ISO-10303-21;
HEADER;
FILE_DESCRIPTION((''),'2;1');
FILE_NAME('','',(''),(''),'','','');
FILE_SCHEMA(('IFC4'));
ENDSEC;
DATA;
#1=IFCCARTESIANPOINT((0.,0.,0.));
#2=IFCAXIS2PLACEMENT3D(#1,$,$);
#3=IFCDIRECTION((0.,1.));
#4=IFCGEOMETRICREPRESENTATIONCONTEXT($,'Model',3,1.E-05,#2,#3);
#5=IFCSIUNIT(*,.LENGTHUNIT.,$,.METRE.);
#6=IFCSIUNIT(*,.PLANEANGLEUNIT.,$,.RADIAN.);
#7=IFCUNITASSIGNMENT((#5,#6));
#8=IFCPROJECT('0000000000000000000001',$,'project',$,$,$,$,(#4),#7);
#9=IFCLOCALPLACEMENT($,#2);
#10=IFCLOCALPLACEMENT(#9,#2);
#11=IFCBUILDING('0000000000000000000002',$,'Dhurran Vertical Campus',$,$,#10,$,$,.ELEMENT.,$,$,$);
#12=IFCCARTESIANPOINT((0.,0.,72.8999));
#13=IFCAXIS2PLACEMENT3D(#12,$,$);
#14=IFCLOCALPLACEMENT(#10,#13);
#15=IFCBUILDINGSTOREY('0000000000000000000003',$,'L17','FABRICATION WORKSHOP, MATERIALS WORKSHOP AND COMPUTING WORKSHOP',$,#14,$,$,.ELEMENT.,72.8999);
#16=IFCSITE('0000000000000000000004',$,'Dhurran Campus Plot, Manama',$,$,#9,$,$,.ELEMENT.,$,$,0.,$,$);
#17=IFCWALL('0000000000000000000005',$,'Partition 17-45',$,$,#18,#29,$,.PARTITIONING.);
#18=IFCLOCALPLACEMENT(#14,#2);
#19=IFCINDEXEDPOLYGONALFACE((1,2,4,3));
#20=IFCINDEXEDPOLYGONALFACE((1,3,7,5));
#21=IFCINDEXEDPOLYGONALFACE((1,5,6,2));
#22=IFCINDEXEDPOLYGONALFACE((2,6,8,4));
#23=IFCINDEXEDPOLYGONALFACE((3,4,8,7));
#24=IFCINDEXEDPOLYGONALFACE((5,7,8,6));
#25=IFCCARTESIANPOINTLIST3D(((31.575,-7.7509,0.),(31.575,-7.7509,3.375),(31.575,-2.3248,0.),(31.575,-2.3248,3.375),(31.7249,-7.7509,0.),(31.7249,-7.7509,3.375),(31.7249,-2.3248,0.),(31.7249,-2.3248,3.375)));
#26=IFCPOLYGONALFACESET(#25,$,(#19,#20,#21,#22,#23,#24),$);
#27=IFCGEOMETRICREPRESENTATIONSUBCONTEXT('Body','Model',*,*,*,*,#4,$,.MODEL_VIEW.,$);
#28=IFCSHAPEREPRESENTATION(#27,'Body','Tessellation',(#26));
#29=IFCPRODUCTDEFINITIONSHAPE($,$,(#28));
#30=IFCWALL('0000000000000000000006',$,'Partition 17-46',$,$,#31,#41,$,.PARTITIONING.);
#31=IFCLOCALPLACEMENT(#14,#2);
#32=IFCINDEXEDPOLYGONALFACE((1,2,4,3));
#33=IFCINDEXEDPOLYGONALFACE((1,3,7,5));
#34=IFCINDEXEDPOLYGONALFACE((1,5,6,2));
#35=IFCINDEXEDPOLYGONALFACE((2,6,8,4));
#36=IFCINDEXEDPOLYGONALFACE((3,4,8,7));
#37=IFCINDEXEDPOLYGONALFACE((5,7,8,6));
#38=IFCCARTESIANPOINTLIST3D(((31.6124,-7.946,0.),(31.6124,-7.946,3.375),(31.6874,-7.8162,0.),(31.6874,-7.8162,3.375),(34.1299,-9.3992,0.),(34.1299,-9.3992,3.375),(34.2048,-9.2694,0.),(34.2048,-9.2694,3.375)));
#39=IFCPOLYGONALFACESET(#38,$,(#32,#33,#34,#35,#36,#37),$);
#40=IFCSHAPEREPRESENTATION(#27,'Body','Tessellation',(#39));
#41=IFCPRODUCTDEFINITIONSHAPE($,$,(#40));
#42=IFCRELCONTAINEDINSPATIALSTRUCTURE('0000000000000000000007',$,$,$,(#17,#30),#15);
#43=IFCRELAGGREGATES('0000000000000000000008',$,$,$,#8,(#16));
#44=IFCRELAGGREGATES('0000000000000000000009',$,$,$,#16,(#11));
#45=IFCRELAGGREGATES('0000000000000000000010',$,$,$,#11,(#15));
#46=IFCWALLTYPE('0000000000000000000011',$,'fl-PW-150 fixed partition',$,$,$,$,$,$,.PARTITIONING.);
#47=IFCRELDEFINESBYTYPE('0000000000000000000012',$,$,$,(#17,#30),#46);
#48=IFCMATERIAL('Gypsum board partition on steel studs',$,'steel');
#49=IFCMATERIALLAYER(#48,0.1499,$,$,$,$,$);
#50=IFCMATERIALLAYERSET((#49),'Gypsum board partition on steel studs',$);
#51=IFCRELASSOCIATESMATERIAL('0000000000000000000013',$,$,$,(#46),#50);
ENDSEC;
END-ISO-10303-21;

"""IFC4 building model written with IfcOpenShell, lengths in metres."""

from ifc_helpers import new_model, si_unit, direction, frame, frame_2d, origin, place, context, subcontext, project, spatial, rectangle, extrude, material, layer, layer_set, type_object, element, save


model = new_model("IFC4")

# Units and contexts
model_context = context("Model", 3, precision=1e-05, world=origin(), true_north=direction((0.0, 1.0)))
body_context = subcontext(model_context, "Body", "Model", "MODEL_VIEW")
ifc_project = project(units=[si_unit("LENGTHUNIT", "METRE"), si_unit("PLANEANGLEUNIT", "RADIAN")], contexts=[model_context])

# Site, building, storey
site_placement = place(None, origin())
site = spatial("IfcSite", under=ifc_project, at=site_placement, Name="Dhurran Campus Plot, Manama", CompositionType="ELEMENT", RefElevation=0.0)
building_placement = place(site_placement, origin())
building = spatial("IfcBuilding", under=site, at=building_placement, Name="Dhurran Vertical Campus", CompositionType="ELEMENT")
storey_placement = place(building_placement, frame((0.0, 0.0, 72.8999)))
storey = spatial("IfcBuildingStorey", under=building, at=storey_placement, Name="L17", Description="FABRICATION WORKSHOP, MATERIALS WORKSHOP AND COMPUTING WORKSHOP", CompositionType="ELEMENT", Elevation=72.8999)

# Walls
ifc_material_1 = material(Name="Gypsum board partition on steel studs", Category="steel")
ifc_layer_1 = layer(ifc_material_1, 0.1499)
ifc_layer_set_1 = layer_set([ifc_layer_1], Name="Gypsum board partition on steel studs")
wall_type_1 = type_object("IfcWallType", Name="fl-PW-150 fixed partition", PredefinedType="PARTITIONING", material=ifc_layer_set_1)
wall_1_placement = place(storey_placement, frame((31.6499, -2.325, 0.0), z_axis=(0.0, 0.0, 1.0), x_axis=(0.0, -1.0, 0.0)))
element("IfcWall", 1, at=wall_1_placement, inside=storey, type_object=wall_type_1, Name="Partition 17-45", PredefinedType="PARTITIONING", context=body_context, shape_type="SweptSolid", body=[
    extrude(rectangle(XDim=5.426, YDim=0.1499, at=frame_2d((2.7129, 0.0))), origin(), (0.0, 0.0, 1.0), 3.375),
])
wall_2_placement = place(storey_placement, frame((31.6499, -7.8811, 0.0), z_axis=(0.0, 0.0, 1.0), x_axis=(0.866064, -0.499933, 0.0)))
element("IfcWall", 2, at=wall_2_placement, inside=storey, type_object=wall_type_1, Name="Partition 17-46", PredefinedType="PARTITIONING", context=body_context, shape_type="SweptSolid", body=[
    extrude(rectangle(XDim=2.9067, YDim=0.1499, at=frame_2d((1.4534, 0.0))), origin(), (0.0, 0.0, 1.0), 3.375),
])

save(model, "model.ifc")
